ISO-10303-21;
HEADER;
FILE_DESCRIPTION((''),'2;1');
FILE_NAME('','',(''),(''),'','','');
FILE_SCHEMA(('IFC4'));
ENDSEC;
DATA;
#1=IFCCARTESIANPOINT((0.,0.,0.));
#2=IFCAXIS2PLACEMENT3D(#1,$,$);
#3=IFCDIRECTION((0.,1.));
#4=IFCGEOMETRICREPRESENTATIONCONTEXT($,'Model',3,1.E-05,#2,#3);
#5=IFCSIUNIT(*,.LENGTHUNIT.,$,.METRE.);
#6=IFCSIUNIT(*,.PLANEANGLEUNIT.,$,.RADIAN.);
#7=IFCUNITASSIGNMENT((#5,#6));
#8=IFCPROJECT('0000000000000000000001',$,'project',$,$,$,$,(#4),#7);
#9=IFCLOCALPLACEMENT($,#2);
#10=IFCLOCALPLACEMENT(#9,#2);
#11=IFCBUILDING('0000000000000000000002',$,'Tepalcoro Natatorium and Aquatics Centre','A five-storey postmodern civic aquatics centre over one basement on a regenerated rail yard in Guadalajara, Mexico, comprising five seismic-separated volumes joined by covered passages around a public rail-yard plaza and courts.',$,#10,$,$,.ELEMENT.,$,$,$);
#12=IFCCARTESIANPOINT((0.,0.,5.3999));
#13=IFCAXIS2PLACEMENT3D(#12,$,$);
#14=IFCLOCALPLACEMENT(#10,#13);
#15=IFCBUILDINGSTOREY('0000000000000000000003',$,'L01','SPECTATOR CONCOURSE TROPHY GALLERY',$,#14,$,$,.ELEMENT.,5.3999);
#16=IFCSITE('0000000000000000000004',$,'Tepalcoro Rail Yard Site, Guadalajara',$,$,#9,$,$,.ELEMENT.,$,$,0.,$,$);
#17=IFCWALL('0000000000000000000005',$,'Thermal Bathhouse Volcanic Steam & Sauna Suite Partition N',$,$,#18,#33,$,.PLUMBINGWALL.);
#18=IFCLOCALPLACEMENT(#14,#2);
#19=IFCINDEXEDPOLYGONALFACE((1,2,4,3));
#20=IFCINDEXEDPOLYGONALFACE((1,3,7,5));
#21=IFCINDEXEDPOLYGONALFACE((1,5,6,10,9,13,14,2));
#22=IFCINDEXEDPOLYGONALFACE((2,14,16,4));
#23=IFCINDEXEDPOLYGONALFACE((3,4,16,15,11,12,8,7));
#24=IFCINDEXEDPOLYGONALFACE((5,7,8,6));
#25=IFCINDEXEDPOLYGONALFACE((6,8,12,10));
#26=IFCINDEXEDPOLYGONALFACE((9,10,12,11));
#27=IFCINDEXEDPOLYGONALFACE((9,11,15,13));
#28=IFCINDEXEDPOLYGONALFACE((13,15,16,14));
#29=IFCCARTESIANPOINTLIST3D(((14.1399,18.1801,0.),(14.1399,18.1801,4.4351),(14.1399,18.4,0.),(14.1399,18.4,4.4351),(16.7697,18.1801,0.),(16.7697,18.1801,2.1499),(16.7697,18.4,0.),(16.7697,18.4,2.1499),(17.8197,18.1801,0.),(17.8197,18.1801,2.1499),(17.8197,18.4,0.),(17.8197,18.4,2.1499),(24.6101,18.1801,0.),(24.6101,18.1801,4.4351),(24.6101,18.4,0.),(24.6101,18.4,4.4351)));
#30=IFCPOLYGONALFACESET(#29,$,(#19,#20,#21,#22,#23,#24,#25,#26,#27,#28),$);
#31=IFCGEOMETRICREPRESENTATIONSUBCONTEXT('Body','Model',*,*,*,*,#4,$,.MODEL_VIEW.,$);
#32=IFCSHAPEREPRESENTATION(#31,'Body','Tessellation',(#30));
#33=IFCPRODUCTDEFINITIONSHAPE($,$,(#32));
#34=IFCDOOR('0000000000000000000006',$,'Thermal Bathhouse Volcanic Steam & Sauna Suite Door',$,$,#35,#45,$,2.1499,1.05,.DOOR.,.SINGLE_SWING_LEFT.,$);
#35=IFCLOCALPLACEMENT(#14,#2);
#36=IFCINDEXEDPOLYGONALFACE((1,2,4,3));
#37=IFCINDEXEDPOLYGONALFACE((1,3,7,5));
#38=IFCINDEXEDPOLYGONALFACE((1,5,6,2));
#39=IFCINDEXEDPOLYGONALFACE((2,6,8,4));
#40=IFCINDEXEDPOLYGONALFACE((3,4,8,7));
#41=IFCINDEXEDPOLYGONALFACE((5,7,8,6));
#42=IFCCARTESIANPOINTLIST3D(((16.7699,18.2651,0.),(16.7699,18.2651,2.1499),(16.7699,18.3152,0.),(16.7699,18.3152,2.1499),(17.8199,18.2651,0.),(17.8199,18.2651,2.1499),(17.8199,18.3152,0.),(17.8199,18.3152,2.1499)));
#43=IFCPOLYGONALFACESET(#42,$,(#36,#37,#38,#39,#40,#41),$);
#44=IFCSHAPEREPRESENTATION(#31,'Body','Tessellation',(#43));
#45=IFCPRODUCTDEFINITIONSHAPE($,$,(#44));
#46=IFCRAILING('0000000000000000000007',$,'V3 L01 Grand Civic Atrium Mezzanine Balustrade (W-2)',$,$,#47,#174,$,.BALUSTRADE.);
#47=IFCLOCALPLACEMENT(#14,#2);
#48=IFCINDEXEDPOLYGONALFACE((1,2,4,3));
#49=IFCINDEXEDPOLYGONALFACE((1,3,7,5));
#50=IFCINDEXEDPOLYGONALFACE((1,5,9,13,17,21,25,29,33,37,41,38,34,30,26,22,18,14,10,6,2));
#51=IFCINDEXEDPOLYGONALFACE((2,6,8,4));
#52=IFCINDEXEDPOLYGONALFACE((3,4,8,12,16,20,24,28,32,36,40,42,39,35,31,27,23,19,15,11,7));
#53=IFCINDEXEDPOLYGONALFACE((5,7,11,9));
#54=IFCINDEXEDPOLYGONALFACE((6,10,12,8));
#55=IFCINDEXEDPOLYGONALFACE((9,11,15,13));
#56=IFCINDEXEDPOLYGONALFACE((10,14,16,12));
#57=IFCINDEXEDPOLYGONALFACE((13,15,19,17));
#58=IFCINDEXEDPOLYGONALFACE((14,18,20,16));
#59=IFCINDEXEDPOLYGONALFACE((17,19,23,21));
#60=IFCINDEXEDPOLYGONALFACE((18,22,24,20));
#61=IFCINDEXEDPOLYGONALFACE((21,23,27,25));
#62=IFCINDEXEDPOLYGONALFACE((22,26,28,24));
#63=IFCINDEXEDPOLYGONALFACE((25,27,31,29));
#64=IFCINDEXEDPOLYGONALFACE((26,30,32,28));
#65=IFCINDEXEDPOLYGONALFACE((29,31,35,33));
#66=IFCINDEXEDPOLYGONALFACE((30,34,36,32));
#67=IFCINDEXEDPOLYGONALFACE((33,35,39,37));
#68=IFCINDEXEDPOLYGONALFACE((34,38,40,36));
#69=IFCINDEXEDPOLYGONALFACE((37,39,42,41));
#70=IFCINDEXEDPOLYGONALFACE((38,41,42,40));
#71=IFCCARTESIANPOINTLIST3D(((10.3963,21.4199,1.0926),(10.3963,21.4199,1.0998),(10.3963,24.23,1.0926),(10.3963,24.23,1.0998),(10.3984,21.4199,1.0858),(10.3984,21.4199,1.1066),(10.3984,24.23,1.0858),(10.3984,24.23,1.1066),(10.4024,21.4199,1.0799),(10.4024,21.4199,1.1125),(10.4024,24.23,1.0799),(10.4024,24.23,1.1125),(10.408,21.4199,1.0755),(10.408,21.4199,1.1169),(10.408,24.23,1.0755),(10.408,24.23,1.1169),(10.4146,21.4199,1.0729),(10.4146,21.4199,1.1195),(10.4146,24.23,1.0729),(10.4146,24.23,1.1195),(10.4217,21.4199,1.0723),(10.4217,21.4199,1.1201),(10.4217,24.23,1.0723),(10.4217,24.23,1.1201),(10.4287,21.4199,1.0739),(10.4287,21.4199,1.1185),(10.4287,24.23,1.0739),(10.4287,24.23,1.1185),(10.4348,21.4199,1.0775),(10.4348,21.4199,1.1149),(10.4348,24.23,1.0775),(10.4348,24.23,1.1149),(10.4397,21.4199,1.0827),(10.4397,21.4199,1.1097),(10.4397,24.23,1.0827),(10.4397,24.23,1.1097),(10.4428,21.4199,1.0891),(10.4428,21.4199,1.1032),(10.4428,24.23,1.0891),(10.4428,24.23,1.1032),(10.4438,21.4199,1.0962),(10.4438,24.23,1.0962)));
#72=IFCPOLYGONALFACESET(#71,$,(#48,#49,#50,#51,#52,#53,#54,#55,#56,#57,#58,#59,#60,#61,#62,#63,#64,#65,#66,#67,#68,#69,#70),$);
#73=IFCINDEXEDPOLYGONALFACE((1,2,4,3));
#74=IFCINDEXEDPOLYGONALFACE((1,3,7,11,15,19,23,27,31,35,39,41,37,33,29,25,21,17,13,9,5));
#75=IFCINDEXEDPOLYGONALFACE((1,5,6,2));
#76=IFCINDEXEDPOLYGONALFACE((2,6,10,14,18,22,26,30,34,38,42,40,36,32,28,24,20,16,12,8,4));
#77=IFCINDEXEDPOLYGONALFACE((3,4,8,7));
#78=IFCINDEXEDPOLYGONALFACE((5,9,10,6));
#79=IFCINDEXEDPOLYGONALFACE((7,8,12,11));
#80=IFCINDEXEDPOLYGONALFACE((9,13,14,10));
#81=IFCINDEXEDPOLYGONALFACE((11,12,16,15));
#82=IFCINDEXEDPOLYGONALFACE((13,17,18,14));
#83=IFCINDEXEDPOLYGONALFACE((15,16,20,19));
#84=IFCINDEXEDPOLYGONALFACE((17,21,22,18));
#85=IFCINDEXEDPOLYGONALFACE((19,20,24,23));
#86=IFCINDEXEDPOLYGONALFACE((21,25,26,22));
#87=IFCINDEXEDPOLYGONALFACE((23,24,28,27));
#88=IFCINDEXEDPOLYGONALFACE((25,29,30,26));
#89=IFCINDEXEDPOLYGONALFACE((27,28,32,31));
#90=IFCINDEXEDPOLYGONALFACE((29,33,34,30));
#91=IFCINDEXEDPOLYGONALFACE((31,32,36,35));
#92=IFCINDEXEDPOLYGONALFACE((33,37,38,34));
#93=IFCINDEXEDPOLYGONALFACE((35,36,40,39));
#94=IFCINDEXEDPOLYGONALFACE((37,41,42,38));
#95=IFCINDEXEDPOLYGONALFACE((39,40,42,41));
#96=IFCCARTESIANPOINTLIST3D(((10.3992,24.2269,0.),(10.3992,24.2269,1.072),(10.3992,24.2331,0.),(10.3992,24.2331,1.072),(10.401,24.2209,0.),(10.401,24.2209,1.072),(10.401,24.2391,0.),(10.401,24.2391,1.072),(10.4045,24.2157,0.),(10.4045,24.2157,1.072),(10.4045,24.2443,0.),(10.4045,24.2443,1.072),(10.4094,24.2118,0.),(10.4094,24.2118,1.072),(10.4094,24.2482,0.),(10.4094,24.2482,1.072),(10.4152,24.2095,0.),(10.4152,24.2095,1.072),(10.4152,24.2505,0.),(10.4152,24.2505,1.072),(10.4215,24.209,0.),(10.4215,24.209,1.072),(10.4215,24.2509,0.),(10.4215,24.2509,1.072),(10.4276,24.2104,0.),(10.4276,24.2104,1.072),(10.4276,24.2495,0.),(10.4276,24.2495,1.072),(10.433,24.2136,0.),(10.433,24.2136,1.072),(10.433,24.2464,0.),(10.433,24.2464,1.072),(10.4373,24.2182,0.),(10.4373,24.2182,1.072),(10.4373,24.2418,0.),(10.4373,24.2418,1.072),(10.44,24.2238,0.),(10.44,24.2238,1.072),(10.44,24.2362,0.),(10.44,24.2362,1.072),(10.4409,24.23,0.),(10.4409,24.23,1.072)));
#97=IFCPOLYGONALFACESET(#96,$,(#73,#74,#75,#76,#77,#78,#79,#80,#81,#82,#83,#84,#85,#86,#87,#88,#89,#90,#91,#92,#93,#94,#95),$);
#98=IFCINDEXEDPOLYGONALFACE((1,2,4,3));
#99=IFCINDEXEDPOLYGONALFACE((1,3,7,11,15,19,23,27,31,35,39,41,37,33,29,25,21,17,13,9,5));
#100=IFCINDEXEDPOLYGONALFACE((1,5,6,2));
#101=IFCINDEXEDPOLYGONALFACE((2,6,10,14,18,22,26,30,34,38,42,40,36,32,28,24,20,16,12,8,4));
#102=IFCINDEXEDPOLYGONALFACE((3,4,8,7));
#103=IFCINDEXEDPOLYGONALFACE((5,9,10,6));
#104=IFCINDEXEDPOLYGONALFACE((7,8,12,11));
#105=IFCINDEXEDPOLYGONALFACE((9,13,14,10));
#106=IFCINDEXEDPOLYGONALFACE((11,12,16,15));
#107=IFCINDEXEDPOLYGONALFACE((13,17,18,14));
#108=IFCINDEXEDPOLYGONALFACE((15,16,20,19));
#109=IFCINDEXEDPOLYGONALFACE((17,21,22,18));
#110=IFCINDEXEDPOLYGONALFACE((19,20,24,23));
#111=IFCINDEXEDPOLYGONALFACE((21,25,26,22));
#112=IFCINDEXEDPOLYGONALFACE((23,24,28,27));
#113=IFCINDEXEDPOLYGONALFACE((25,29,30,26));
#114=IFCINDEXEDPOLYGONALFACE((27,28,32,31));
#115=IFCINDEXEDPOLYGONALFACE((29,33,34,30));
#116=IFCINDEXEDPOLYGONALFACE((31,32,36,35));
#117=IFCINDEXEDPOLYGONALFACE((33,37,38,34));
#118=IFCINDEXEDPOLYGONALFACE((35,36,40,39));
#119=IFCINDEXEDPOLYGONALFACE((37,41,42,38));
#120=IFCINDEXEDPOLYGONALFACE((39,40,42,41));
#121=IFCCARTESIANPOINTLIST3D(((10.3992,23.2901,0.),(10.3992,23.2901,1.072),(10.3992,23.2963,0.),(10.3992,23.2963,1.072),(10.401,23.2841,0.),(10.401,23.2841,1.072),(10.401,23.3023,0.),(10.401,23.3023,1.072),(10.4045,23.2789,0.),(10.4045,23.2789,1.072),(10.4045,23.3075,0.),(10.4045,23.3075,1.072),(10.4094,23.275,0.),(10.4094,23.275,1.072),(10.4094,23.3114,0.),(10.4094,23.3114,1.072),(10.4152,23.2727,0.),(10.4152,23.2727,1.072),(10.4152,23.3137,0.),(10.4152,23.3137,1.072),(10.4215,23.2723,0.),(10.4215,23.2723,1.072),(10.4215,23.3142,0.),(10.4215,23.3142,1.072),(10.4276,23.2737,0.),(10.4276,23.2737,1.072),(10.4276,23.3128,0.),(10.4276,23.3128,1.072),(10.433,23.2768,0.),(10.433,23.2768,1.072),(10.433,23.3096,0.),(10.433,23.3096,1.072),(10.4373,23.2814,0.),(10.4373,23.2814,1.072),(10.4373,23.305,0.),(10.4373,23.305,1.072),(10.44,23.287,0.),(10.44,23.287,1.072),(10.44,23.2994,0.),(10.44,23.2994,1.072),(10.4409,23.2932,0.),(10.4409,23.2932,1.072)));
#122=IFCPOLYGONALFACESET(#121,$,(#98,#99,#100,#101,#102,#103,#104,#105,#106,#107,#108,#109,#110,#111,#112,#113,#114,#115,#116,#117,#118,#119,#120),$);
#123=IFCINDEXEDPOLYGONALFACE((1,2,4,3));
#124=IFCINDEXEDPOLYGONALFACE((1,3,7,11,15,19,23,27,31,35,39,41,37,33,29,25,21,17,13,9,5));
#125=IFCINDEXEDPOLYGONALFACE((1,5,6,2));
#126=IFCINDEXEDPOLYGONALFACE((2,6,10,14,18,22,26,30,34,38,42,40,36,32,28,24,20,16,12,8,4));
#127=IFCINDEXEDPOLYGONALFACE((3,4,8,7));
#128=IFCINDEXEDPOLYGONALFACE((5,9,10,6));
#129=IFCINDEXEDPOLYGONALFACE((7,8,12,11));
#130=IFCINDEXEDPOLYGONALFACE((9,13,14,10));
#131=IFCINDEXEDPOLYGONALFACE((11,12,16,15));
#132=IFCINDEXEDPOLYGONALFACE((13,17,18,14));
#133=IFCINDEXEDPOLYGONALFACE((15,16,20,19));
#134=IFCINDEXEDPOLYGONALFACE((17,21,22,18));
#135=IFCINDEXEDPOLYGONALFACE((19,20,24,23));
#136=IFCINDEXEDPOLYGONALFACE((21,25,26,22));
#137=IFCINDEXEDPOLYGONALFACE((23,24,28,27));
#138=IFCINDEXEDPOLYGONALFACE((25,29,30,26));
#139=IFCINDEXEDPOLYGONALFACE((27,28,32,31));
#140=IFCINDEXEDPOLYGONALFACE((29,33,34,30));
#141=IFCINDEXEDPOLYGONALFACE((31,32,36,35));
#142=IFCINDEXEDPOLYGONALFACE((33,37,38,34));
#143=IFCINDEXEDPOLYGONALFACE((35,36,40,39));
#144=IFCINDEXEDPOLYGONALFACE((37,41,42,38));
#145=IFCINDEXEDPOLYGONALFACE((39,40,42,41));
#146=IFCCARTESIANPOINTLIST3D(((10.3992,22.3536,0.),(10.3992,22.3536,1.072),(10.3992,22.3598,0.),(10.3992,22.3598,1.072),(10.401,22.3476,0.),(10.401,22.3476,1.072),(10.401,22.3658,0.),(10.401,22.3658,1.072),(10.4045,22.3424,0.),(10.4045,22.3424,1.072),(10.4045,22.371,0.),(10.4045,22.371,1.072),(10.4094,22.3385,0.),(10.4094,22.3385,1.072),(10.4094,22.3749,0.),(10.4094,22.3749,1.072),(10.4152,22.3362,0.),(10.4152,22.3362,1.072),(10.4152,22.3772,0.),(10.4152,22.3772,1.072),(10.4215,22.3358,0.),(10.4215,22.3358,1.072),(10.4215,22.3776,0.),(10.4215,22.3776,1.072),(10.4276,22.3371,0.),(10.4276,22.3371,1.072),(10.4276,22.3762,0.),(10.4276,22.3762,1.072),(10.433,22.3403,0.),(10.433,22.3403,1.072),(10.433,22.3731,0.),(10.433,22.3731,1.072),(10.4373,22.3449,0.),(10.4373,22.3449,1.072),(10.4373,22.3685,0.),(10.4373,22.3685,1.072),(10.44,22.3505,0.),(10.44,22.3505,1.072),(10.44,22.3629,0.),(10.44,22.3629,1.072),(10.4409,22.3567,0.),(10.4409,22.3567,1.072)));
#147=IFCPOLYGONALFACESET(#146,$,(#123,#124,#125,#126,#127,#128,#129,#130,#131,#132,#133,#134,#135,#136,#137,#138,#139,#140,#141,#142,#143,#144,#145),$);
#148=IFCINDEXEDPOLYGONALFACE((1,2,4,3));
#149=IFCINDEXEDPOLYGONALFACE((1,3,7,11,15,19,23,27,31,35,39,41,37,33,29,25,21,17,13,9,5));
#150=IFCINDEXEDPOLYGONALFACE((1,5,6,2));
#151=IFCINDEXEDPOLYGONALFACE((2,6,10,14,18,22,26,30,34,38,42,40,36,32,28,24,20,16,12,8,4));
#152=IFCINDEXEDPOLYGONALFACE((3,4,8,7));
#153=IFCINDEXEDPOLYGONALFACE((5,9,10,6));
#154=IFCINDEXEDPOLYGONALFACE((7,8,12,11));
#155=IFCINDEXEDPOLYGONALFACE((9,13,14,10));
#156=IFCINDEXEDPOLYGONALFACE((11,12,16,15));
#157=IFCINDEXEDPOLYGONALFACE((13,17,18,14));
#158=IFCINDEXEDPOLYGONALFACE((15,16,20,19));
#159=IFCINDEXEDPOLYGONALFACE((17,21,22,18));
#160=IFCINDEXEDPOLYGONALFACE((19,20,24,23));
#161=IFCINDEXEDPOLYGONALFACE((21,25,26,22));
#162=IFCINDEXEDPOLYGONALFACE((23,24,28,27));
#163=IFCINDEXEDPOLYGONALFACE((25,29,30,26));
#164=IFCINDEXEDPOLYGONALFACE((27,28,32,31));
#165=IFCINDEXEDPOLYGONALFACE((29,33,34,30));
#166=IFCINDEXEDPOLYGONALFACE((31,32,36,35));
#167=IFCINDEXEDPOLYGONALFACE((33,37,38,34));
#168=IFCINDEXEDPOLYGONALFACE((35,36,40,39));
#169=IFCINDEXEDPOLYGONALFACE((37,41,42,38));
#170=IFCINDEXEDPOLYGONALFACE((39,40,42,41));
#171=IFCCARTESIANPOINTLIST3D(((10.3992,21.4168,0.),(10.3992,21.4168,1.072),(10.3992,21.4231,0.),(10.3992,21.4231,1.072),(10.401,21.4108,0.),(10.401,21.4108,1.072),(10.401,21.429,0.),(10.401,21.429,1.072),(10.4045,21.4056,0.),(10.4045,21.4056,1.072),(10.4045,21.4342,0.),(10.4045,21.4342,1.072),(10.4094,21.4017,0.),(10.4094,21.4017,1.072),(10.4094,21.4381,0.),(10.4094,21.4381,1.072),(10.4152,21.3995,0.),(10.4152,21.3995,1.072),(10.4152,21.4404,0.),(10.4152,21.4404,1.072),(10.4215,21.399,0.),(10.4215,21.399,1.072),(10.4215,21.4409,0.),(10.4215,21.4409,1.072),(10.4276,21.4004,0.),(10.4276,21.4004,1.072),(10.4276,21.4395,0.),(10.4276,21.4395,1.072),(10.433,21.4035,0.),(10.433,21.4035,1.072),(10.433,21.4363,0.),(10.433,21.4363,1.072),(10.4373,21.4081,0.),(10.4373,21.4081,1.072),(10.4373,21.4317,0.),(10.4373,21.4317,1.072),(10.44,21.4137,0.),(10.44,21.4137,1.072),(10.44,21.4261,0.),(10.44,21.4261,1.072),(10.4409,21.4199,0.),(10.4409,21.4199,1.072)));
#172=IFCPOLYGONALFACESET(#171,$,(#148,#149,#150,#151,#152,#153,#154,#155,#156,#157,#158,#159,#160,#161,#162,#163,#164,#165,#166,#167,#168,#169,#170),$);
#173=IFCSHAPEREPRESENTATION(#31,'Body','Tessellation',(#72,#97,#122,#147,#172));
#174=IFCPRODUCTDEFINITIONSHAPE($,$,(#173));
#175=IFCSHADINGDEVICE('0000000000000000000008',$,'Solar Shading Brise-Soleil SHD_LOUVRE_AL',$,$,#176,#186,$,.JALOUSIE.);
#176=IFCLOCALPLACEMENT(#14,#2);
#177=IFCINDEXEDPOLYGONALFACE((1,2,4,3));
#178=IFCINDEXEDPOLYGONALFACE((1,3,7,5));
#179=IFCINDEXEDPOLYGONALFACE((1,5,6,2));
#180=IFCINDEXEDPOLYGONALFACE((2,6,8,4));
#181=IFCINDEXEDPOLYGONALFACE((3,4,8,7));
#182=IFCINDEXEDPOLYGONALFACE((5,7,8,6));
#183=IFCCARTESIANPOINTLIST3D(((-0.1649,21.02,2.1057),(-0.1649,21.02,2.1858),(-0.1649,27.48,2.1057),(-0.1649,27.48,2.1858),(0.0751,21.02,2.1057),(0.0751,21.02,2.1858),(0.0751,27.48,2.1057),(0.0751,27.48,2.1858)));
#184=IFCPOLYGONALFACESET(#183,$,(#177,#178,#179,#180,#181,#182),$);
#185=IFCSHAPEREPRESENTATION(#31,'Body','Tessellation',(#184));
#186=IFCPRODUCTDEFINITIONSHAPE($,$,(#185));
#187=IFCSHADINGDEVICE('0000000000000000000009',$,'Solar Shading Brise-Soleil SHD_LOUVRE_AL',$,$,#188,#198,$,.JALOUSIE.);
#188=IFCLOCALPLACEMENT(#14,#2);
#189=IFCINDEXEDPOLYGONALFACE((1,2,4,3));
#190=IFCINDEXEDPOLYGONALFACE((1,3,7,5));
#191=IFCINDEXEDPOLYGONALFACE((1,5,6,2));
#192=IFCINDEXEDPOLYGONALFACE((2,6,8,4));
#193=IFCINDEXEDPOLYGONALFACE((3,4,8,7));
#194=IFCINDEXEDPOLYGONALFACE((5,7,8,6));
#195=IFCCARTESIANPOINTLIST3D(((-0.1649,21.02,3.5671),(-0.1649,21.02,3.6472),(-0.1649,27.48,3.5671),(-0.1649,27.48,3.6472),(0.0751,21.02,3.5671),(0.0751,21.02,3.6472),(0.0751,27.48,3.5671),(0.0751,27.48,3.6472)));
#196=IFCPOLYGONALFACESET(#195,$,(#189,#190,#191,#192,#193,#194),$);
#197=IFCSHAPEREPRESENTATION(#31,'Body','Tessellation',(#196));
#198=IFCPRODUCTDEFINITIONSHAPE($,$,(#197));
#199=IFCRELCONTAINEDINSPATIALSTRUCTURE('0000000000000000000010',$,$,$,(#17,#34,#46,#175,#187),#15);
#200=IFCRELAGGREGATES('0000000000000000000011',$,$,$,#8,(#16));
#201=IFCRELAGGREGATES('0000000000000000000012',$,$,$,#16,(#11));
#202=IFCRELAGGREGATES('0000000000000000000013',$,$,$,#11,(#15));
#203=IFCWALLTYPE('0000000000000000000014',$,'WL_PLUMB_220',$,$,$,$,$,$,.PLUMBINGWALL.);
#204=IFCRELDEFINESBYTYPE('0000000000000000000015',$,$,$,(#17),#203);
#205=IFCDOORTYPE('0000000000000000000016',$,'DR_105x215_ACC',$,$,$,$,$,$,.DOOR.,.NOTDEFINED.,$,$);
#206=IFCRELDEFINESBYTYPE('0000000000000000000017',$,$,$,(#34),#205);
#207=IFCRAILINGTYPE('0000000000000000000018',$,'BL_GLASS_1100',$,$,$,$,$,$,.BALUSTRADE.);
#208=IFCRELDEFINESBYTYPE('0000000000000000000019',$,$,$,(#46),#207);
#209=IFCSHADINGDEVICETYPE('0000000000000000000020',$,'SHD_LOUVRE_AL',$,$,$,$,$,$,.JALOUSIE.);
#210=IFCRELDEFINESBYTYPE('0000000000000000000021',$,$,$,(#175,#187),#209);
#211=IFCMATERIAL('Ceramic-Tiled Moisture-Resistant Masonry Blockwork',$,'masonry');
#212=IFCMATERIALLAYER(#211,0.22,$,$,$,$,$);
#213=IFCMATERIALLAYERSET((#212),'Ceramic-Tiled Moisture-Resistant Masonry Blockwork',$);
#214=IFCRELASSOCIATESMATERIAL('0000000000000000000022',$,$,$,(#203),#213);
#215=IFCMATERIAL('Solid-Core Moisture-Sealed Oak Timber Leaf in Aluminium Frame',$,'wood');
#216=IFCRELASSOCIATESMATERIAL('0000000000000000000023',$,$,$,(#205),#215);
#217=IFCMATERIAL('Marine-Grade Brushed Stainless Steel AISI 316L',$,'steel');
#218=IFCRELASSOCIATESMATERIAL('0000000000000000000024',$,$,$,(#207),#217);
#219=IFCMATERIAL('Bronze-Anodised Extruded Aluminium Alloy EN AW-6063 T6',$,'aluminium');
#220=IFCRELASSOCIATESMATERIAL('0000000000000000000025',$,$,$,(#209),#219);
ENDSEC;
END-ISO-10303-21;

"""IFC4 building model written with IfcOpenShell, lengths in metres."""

from ifc_helpers import new_model, si_unit, direction, frame, frame_2d, origin, origin_2d, place, context, subcontext, project, spatial, rectangle, circle, extrude, material, layer, layer_set, type_object, element, fill, save


model = new_model("IFC4")

# Units and contexts
model_context = context("Model", 3, precision=1e-05, world=origin(), true_north=direction((0.0, 1.0)))
body_context = subcontext(model_context, "Body", "Model", "MODEL_VIEW")
ifc_project = project(units=[si_unit("LENGTHUNIT", "METRE"), si_unit("PLANEANGLEUNIT", "RADIAN")], contexts=[model_context])

# Site, building, storey
site_placement = place(None, origin())
site = spatial("IfcSite", under=ifc_project, at=site_placement, Name="Tepalcoro Rail Yard Site, Guadalajara", CompositionType="ELEMENT", RefElevation=0.0)
building_placement = place(site_placement, origin())
building = spatial("IfcBuilding", under=site, at=building_placement, Name="Tepalcoro Natatorium and Aquatics Centre", Description="A five-storey postmodern civic aquatics centre over one basement on a regenerated rail yard in Guadalajara, Mexico, comprising five seismic-separated volumes joined by covered passages around a public rail-yard plaza and courts.", CompositionType="ELEMENT")
storey_placement = place(building_placement, frame((0.0, 0.0, 5.3999)))
storey = spatial("IfcBuildingStorey", under=building, at=storey_placement, Name="L01", Description="SPECTATOR CONCOURSE TROPHY GALLERY", CompositionType="ELEMENT", Elevation=5.3999)

# Shared definitions
ifc_material_1 = material(Name="Bronze-Anodised Extruded Aluminium Alloy EN AW-6063 T6", Category="aluminium")

# Wall, opening, door
ifc_material_2 = material(Name="Ceramic-Tiled Moisture-Resistant Masonry Blockwork", Category="masonry")
ifc_layer_1 = layer(ifc_material_2, 0.22)
ifc_layer_set_1 = layer_set([ifc_layer_1], Name="Ceramic-Tiled Moisture-Resistant Masonry Blockwork")
wall_type = type_object("IfcWallType", Name="WL_PLUMB_220", PredefinedType="PLUMBINGWALL", material=ifc_layer_set_1)
wall_placement = place(storey_placement, frame((14.1399, 18.29, 0.0), z_axis=(0.0, 0.0, 1.0), x_axis=(1.0, 0.0, 0.0)))
wall = element("IfcWall", 1, at=wall_placement, inside=storey, type_object=wall_type, Name="Thermal Bathhouse Volcanic Steam & Sauna Suite Partition N", PredefinedType="PLUMBINGWALL", context=body_context, shape_type="SweptSolid", body=[
    extrude(rectangle(XDim=10.4702, YDim=0.22, at=frame_2d((5.2351, 0.0))), origin(), (0.0, 0.0, 1.0), 4.4351),
])
opening_placement = place(wall_placement, frame((2.6299, 0.0, 0.0)))
opening = element("IfcOpeningElement", 2, at=opening_placement, cuts=wall, PredefinedType="OPENING", context=body_context, shape_type="SweptSolid", body=[
    extrude(rectangle(XDim=1.05, YDim=2.1499, at=frame_2d((0.5249, 1.075))), frame((0.0, 0.1221, 0.0), z_axis=(0.0, -1.0, 0.0), x_axis=(1.0, 0.0, 0.0)), (0.0, 0.0, 1.0), 0.2439),
])
ifc_material_3 = material(Name="Solid-Core Moisture-Sealed Oak Timber Leaf in Aluminium Frame", Category="wood")
door_type = type_object("IfcDoorType", Name="DR_105x215_ACC", OperationType="NOTDEFINED", PredefinedType="DOOR", material=ifc_material_3)
door_placement = place(opening_placement, frame((1.05, 0.0, 0.0), z_axis=(0.0, 0.0, 1.0), x_axis=(-1.0, 0.0, 0.0)))
door = element("IfcDoor", 3, at=door_placement, inside=storey, type_object=door_type, Name="Thermal Bathhouse Volcanic Steam & Sauna Suite Door", OperationType="SINGLE_SWING_LEFT", OverallHeight=2.1499, OverallWidth=1.05, PredefinedType="DOOR", context=body_context, shape_type="SweptSolid", body=[
    extrude(rectangle(XDim=1.05, YDim=2.1499, at=frame_2d((0.5249, 1.075))), frame((0.0, 0.0249, 0.0), z_axis=(0.0, -1.0, 0.0), x_axis=(1.0, 0.0, 0.0)), (0.0, 0.0, 1.0), 0.05),
])
fill(opening, door)

# Railing
ifc_material_4 = material(Name="Marine-Grade Brushed Stainless Steel AISI 316L", Category="steel")
railing_type = type_object("IfcRailingType", Name="BL_GLASS_1100", PredefinedType="BALUSTRADE", material=ifc_material_4)
railing_1_placement = place(storey_placement, frame((10.4199, 24.23, 0.0)))
element("IfcRailing", 4, at=railing_1_placement, inside=storey, type_object=railing_type, Name="V3 L01 Grand Civic Atrium Mezzanine Balustrade (W-2)", PredefinedType="BALUSTRADE", context=body_context, shape_type="SweptSolid", body=[
    extrude(circle(Radius=0.0239, at=origin_2d()), frame((0.0, 0.0, 1.0962), z_axis=(0.0, -1.0, 0.0), x_axis=(1.0, 0.0, 0.0)), (0.0, 0.0, 1.0), 2.8101),
    extrude(circle(Radius=0.021, at=origin_2d()), origin(), (0.0, 0.0, 1.0), 1.072),
    extrude(circle(Radius=0.021, at=origin_2d()), frame((0.0, -0.9368, 0.0)), (0.0, 0.0, 1.0), 1.072),
    extrude(circle(Radius=0.021, at=origin_2d()), frame((0.0, -1.8733, 0.0)), (0.0, 0.0, 1.0), 1.072),
    extrude(circle(Radius=0.021, at=origin_2d()), frame((0.0, -2.8101, 0.0)), (0.0, 0.0, 1.0), 1.072),
])

# Shading devices
shading_device_type = type_object("IfcShadingDeviceType", Name="SHD_LOUVRE_AL", PredefinedType="JALOUSIE", material=ifc_material_1)
for number, where, z_axis, x_axis, name in (
    (5, (-0.0449, 24.25, 2.1057), (0.0, 0.0, 1.0), (1.0, 0.0, 0.0), "Solar Shading Brise-Soleil SHD_LOUVRE_AL"),
    (6, (-0.0449, 24.25, 3.5671), (0.0, 0.0, 1.0), (1.0, 0.0, 0.0), "Solar Shading Brise-Soleil SHD_LOUVRE_AL"),
):
    element("IfcShadingDevice", number, at=place(storey_placement, frame(where, z_axis=z_axis, x_axis=x_axis)), inside=storey, type_object=shading_device_type, Name=name, PredefinedType="JALOUSIE", context=body_context, shape_type="SweptSolid", body=[
        extrude(rectangle(XDim=0.24, YDim=6.46, at=origin_2d()), origin(), (0.0, 0.0, 1.0), 0.0801),
    ])

save(model, "model.ifc")
